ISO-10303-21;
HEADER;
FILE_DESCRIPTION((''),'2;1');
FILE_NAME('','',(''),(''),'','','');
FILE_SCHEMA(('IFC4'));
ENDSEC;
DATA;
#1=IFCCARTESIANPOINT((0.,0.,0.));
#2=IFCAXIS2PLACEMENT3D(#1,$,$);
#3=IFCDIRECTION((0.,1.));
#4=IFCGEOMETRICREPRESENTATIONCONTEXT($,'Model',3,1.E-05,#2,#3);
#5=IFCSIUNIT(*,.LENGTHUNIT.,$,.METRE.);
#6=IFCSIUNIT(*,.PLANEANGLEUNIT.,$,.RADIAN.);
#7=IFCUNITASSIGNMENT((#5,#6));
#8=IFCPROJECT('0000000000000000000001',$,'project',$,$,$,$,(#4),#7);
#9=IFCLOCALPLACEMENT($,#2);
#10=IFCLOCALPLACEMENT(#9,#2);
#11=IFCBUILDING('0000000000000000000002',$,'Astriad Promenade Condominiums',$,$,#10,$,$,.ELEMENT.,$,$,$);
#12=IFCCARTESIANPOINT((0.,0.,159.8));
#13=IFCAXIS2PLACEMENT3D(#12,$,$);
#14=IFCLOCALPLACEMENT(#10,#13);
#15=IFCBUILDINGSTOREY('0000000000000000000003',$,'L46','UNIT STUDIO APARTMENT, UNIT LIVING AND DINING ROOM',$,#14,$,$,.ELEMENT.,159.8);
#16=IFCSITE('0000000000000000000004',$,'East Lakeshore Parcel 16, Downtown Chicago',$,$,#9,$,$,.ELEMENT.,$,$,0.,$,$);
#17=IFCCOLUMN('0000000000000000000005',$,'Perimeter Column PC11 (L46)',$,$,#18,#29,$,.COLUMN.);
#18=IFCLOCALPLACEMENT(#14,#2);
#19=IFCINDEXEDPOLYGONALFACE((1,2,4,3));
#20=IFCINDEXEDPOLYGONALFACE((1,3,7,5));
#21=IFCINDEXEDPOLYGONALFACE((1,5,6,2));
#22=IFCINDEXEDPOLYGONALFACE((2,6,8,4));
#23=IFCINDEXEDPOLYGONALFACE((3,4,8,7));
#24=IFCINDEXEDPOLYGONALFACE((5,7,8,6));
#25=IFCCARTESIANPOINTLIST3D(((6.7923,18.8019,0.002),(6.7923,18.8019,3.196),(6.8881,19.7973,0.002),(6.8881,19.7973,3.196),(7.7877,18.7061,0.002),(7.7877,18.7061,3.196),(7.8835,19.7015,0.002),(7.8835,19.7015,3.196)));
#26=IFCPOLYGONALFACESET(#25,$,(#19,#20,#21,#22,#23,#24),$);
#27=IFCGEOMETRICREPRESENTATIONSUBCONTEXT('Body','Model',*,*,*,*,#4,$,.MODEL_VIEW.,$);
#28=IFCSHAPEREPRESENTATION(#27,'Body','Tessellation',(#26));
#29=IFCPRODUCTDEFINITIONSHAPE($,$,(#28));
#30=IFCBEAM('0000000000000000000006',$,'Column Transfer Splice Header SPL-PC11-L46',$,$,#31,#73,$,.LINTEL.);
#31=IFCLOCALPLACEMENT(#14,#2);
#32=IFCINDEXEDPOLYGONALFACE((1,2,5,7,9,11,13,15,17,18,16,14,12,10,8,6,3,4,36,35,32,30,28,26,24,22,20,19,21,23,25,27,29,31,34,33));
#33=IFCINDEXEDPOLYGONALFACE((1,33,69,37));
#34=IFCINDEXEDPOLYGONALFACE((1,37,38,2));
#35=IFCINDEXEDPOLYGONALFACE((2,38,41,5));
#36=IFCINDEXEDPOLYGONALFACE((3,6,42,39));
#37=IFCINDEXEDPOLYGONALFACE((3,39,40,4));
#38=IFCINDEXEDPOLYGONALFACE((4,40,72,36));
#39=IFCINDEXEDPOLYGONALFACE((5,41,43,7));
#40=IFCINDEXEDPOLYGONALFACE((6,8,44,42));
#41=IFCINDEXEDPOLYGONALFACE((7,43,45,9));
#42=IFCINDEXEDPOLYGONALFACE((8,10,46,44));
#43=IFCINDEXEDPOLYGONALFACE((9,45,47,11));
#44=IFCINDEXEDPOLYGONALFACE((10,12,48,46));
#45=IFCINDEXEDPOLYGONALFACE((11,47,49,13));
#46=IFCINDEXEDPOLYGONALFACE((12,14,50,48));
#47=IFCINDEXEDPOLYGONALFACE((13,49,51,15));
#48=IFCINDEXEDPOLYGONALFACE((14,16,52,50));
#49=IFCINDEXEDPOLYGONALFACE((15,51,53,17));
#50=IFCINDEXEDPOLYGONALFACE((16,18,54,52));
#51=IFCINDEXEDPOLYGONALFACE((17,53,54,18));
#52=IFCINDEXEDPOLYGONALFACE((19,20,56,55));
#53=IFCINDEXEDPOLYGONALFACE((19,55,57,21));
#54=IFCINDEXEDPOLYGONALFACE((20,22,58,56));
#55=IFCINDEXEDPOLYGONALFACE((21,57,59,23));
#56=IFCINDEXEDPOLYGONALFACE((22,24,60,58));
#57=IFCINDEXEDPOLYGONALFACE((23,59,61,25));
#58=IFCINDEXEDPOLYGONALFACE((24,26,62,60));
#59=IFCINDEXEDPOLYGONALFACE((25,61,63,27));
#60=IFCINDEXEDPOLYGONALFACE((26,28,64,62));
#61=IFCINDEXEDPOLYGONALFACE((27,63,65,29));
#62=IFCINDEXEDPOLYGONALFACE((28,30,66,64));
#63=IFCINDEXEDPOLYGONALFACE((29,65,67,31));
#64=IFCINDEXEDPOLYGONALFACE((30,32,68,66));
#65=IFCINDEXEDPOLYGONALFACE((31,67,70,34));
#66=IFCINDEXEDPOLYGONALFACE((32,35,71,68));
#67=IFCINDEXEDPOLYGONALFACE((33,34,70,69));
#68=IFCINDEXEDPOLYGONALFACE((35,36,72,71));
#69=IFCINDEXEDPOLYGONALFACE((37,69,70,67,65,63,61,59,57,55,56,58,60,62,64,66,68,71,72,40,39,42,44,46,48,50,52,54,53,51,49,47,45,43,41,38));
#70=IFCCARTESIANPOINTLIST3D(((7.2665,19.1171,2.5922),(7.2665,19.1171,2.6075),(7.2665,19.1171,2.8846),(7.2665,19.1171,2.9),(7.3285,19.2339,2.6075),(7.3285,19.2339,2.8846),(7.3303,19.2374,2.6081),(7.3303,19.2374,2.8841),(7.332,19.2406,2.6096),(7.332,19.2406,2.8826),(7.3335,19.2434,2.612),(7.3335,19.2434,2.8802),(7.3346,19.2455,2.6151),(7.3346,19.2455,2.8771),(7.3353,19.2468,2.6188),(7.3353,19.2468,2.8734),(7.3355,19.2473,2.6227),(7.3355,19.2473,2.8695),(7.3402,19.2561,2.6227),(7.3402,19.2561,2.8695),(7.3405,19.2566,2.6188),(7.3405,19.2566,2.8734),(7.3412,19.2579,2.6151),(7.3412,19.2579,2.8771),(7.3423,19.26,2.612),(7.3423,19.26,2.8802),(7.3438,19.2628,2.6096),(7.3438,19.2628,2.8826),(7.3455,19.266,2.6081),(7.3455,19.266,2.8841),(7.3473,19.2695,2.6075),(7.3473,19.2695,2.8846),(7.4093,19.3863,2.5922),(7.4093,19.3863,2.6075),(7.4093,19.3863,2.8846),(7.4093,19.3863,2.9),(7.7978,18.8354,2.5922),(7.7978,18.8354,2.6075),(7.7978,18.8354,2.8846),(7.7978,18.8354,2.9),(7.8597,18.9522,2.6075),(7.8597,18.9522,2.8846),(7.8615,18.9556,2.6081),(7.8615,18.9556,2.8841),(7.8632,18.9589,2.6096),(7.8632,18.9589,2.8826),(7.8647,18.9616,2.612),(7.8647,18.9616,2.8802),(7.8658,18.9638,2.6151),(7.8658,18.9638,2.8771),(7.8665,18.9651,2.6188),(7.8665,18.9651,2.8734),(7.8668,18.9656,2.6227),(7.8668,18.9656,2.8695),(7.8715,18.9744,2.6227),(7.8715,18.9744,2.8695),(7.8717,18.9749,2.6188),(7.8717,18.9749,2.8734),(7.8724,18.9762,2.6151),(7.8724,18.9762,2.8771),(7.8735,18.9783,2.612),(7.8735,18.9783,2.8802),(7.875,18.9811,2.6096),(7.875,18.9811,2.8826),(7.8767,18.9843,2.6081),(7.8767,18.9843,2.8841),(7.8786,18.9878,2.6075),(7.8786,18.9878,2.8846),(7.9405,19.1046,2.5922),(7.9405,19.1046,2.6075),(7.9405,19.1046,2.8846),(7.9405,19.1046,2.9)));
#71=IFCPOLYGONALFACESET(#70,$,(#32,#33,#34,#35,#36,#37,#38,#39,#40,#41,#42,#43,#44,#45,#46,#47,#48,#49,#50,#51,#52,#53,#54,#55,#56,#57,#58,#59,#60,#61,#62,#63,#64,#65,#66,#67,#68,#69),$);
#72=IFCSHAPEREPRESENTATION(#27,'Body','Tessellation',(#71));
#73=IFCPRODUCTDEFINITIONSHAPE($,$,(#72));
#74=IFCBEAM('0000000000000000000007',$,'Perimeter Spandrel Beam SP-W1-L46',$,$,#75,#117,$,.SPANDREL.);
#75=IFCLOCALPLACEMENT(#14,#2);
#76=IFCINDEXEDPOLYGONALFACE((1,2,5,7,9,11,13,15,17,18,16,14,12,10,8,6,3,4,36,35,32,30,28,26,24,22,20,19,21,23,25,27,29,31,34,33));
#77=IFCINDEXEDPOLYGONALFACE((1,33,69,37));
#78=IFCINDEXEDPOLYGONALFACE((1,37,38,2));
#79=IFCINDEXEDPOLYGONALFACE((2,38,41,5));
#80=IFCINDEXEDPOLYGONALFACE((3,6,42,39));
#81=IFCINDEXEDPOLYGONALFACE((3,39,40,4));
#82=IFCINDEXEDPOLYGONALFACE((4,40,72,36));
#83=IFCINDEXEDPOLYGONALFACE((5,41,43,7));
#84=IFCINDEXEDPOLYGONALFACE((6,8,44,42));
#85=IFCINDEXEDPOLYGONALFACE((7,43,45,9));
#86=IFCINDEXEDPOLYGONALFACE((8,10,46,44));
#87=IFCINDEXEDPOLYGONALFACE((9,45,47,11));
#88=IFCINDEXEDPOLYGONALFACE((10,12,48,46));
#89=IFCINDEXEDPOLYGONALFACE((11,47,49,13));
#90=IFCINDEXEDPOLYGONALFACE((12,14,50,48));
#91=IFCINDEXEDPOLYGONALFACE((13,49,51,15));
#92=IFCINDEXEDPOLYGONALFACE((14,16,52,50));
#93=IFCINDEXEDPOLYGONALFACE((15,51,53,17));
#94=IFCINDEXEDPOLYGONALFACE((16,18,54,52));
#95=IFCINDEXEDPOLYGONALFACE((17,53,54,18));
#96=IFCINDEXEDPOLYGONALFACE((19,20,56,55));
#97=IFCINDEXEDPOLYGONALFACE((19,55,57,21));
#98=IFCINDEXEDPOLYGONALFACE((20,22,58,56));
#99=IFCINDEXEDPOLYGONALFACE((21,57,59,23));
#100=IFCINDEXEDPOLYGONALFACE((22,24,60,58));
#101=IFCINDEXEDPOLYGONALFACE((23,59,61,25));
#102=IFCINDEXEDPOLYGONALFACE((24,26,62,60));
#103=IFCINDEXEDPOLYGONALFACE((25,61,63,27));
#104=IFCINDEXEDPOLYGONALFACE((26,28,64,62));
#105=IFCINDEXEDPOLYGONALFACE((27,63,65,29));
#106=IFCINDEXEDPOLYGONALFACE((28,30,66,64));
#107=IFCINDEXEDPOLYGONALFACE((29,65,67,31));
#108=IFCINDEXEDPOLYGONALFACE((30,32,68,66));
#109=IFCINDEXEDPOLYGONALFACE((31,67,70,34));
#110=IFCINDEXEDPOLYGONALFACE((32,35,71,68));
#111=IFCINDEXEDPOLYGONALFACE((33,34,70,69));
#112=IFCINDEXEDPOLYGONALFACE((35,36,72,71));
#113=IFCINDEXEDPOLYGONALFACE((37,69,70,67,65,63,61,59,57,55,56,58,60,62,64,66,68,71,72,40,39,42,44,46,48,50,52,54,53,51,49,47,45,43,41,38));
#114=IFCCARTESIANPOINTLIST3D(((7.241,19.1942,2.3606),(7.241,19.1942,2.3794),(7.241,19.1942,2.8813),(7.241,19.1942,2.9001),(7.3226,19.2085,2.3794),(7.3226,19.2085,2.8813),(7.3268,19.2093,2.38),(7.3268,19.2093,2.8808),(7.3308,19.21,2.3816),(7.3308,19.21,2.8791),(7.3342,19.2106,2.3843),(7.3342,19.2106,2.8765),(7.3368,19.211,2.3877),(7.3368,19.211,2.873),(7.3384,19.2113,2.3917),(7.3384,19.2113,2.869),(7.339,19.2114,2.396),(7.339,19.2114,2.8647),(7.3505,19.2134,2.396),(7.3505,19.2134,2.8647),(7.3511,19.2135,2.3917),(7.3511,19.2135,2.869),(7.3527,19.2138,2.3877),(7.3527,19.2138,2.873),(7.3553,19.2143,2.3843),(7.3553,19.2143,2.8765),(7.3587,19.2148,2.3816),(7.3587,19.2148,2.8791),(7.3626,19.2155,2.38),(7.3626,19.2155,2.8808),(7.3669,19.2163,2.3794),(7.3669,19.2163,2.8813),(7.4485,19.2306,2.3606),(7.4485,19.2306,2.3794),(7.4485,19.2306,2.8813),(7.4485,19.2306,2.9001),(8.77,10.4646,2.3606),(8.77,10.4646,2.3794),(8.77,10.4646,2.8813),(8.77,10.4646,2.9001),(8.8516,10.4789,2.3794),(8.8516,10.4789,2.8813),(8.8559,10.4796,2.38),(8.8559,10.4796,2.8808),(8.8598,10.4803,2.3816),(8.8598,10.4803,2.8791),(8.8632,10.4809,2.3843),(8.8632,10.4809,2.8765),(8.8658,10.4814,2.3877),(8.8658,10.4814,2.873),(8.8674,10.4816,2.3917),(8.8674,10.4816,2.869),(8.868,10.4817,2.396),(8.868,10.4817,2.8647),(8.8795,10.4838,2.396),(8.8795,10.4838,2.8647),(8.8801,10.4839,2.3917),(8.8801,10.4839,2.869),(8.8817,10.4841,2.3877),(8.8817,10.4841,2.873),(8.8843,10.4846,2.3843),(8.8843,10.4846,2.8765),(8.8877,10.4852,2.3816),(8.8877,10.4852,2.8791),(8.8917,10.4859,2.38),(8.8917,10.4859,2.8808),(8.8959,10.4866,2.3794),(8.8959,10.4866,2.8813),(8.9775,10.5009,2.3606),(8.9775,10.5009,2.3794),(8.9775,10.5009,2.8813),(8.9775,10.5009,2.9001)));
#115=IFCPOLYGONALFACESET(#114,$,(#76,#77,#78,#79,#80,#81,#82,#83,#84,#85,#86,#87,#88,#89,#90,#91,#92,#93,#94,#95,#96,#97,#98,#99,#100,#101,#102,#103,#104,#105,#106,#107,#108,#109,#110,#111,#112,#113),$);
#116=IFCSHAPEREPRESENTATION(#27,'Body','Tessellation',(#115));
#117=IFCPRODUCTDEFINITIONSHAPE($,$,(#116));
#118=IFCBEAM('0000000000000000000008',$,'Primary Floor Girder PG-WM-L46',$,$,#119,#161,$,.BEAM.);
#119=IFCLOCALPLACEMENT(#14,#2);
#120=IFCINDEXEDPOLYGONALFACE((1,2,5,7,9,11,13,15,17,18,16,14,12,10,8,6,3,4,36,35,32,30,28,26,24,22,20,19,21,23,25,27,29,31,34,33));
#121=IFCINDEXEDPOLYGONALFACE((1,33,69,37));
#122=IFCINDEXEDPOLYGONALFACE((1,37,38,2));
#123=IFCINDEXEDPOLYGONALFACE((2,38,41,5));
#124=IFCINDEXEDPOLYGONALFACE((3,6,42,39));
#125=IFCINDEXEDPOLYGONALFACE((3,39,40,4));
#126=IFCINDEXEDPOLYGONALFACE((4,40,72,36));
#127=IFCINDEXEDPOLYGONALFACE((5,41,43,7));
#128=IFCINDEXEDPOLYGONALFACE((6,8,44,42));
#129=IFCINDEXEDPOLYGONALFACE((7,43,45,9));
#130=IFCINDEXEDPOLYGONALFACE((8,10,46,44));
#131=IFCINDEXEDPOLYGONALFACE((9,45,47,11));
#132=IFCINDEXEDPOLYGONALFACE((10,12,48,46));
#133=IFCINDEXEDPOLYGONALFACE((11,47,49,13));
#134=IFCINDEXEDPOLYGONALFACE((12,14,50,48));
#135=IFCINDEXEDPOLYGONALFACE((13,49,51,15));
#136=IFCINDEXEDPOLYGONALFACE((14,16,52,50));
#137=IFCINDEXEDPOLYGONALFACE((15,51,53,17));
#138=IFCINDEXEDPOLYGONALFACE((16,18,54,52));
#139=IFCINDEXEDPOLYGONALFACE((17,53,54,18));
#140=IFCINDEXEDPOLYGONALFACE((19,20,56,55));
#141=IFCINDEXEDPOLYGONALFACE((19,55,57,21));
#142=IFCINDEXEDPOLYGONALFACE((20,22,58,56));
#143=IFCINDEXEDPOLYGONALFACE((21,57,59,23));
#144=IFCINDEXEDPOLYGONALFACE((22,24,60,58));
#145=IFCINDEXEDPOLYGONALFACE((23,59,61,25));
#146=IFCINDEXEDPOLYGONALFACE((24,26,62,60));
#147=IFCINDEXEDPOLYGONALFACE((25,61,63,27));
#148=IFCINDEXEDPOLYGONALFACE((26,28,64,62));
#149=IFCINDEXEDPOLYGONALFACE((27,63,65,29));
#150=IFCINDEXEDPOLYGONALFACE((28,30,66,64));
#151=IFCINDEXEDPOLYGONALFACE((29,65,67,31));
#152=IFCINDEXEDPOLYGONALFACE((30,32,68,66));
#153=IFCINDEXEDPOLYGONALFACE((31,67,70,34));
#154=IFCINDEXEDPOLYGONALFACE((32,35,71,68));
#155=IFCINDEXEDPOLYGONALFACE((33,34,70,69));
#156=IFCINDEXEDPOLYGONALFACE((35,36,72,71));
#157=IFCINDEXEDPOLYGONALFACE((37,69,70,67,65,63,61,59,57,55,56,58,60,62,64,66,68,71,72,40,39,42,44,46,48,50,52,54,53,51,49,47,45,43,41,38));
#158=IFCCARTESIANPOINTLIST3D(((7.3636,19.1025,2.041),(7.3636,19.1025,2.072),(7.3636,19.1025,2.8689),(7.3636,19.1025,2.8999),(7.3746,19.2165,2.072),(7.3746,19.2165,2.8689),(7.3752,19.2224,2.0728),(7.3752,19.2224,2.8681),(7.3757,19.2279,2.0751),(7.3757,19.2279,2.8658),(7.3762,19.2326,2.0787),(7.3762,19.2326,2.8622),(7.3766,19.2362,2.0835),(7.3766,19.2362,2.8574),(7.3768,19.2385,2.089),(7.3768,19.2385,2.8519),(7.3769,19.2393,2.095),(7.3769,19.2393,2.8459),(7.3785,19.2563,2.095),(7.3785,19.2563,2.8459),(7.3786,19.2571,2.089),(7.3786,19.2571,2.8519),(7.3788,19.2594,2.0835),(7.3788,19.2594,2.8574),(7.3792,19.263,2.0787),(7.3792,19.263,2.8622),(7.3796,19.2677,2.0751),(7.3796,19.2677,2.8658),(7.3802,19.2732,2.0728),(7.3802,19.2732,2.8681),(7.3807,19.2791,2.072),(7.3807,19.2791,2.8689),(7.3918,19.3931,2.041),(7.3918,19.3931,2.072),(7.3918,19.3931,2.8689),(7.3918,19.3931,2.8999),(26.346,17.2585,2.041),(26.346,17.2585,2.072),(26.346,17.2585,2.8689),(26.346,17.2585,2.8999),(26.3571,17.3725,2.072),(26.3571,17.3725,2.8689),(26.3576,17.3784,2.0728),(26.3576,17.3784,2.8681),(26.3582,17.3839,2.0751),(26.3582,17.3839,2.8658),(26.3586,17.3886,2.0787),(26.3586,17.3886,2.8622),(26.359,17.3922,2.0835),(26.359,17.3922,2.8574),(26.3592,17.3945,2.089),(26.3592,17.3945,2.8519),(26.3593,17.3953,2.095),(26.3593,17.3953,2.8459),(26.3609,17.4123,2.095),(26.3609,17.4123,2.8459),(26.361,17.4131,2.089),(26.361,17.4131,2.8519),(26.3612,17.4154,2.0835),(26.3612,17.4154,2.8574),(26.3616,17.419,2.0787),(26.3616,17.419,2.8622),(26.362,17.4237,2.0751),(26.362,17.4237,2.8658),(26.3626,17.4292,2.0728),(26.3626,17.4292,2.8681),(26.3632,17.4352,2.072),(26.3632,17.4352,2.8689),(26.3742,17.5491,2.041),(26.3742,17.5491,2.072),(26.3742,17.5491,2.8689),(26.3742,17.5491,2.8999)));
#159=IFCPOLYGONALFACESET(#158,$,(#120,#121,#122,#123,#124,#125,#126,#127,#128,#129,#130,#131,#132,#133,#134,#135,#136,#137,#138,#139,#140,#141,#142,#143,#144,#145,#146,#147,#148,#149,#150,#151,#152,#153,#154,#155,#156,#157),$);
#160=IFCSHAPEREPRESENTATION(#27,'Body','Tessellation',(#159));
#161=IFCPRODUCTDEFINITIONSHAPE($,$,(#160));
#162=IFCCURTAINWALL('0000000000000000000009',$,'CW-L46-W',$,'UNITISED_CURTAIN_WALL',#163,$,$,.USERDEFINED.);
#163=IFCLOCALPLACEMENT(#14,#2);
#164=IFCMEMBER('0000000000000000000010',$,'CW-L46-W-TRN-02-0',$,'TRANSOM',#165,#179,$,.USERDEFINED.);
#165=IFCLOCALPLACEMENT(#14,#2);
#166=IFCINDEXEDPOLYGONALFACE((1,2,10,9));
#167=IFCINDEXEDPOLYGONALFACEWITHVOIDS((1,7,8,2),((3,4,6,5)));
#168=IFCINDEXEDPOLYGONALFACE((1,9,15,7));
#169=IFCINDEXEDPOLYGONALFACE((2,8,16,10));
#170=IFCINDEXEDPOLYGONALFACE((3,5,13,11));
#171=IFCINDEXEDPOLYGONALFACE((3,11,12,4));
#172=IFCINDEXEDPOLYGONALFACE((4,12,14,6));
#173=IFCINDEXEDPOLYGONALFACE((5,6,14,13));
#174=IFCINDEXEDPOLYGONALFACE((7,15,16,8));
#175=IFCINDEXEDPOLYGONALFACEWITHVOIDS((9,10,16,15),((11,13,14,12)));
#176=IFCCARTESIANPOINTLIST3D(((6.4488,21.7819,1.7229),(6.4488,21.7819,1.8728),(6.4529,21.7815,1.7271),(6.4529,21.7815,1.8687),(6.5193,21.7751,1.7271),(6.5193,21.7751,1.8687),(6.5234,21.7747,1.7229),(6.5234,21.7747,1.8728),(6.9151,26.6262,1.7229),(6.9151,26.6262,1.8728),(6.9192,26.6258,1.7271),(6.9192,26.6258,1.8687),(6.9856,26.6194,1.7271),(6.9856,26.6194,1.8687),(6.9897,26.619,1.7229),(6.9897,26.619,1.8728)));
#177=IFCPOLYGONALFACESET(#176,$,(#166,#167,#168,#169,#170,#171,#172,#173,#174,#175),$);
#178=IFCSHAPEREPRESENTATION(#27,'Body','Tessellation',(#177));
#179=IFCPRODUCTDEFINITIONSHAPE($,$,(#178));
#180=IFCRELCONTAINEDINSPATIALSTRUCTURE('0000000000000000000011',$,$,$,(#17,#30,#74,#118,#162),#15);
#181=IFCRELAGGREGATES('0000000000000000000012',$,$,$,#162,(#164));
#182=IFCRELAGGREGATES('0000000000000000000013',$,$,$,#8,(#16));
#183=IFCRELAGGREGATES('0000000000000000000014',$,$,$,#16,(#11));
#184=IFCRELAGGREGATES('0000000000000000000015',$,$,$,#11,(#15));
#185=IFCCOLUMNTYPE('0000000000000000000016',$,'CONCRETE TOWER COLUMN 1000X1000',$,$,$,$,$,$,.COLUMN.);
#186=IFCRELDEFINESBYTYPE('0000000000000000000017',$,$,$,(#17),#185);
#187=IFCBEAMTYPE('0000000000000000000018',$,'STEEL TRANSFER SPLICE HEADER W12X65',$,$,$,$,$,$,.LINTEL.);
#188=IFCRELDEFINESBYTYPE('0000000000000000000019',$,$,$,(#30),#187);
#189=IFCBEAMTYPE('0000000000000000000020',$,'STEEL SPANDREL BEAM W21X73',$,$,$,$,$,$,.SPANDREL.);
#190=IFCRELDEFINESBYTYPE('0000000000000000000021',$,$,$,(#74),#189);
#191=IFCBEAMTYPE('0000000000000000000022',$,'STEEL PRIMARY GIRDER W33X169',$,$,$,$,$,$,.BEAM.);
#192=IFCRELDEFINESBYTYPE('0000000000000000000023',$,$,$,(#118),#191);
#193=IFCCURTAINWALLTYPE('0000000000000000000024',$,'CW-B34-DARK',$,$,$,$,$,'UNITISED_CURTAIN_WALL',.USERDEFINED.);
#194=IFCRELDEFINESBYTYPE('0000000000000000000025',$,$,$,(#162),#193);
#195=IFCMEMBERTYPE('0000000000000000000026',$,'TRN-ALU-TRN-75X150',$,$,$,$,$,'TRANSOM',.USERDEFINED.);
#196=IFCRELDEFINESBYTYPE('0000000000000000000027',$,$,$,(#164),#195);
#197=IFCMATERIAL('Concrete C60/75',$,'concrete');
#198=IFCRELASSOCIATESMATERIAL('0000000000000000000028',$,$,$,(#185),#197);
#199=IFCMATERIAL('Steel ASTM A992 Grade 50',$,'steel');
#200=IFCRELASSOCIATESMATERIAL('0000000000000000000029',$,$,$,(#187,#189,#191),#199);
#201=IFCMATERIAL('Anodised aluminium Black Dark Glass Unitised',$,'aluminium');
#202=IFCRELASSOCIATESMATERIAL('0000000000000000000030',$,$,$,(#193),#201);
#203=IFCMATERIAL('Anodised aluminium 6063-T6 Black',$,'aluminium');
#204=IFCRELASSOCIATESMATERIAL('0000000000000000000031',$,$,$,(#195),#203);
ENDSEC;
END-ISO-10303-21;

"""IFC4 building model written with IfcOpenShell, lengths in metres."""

from ifc_helpers import new_model, si_unit, direction, frame, origin, origin_2d, place, context, subcontext, project, spatial, rectangle, hollow_rectangle, i_section, extrude, source, transform, mapped, material, material_profile, profile_set, type_object, type_shapes, element, aggregate, save


model = new_model("IFC4")

# Units and contexts
model_context = context("Model", 3, precision=1e-05, world=origin(), true_north=direction((0.0, 1.0)))
body_context = subcontext(model_context, "Body", "Model", "MODEL_VIEW")
ifc_project = project(units=[si_unit("LENGTHUNIT", "METRE"), si_unit("PLANEANGLEUNIT", "RADIAN")], contexts=[model_context])

# Site, building, storey
site_placement = place(None, origin())
site = spatial("IfcSite", under=ifc_project, at=site_placement, Name="East Lakeshore Parcel 16, Downtown Chicago", CompositionType="ELEMENT", RefElevation=0.0)
building_placement = place(site_placement, origin())
building = spatial("IfcBuilding", under=site, at=building_placement, Name="Astriad Promenade Condominiums", CompositionType="ELEMENT")
storey_placement = place(building_placement, frame((0.0, 0.0, 159.8)))
storey = spatial("IfcBuildingStorey", under=building, at=storey_placement, Name="L46", Description="UNIT STUDIO APARTMENT, UNIT LIVING AND DINING ROOM", CompositionType="ELEMENT", Elevation=159.8)

# Column
ifc_material_1 = material(Name="Concrete C60/75", Category="concrete")
ifc_material_profile_1 = material_profile(ifc_material_1, rectangle(XDim=1.0, YDim=1.0, at=origin_2d()), Name="RC-COL-1000X1000")
ifc_profile_set_1 = profile_set([ifc_material_profile_1], Name="Concrete C60/75")
column_type = type_object("IfcColumnType", Name="CONCRETE TOWER COLUMN 1000X1000", PredefinedType="COLUMN", material=ifc_profile_set_1)
shared_shape_1 = source(origin(), body_context, "Body", "SweptSolid", [
    extrude(rectangle(XDim=1.0, YDim=1.0, at=origin_2d()), origin(), (0.0, 0.0, 1.0), 3.1941),
])
type_shapes(column_type, [shared_shape_1])
column_placement = place(storey_placement, frame((7.3379, 19.2517, 0.002), z_axis=(0.0, 0.0, 1.0), x_axis=(0.995396, -0.095846, 0.0)))
element("IfcColumn", 1, at=column_placement, inside=storey, type_object=column_type, Name="Perimeter Column PC11 (L46)", PredefinedType="COLUMN", context=body_context, shape_type="MappedRepresentation", body=[
    mapped(shared_shape_1, transform((0.0, 0.0, 0.0), scale=1.0)),
])

# Beams
ifc_material_2 = material(Name="Steel ASTM A992 Grade 50", Category="steel")
ifc_material_profile_2 = material_profile(ifc_material_2, i_section(OverallWidth=0.3047, OverallDepth=0.3079, WebThickness=0.01, FlangeThickness=0.0154, FilletRadius=0.0151, at=origin_2d()), Name="W12X65")
ifc_profile_set_2 = profile_set([ifc_material_profile_2], Name="Steel ASTM A992 Grade 50")
beam_type_1 = type_object("IfcBeamType", Name="STEEL TRANSFER SPLICE HEADER W12X65", PredefinedType="LINTEL", material=ifc_profile_set_2)
shared_shape_2 = source(origin(), body_context, "Body", "SweptSolid", [
    extrude(i_section(OverallWidth=0.3047, OverallDepth=0.3079, WebThickness=0.01, FlangeThickness=0.0154, FilletRadius=0.0151, at=origin_2d()), origin(), (0.0, 0.0, 1.0), 0.6013),
])
type_shapes(beam_type_1, [shared_shape_2])
beam_1_placement = place(storey_placement, frame((7.3379, 19.2517, 2.7461), z_axis=(0.883452, -0.468522, 0.0), x_axis=(0.468522, 0.883452, 0.0)))
element("IfcBeam", 2, at=beam_1_placement, inside=storey, type_object=beam_type_1, Name="Column Transfer Splice Header SPL-PC11-L46", PredefinedType="LINTEL", context=body_context, shape_type="MappedRepresentation", body=[
    mapped(shared_shape_2, transform((0.0, 0.0, 0.0), scale=1.0)),
])
ifc_material_profile_3 = material_profile(ifc_material_2, i_section(OverallWidth=0.2107, OverallDepth=0.5396, WebThickness=0.0117, FlangeThickness=0.0188, FilletRadius=0.0166, at=origin_2d()), Name="W21X73")
ifc_profile_set_3 = profile_set([ifc_material_profile_3], Name="Steel ASTM A992 Grade 50")
beam_type_2 = type_object("IfcBeamType", Name="STEEL SPANDREL BEAM W21X73", PredefinedType="SPANDREL", material=ifc_profile_set_3)
shared_shape_3 = source(origin(), body_context, "Body", "SweptSolid", [
    extrude(i_section(OverallWidth=0.2107, OverallDepth=0.5396, WebThickness=0.0117, FlangeThickness=0.0188, FilletRadius=0.0166, at=origin_2d()), origin(), (0.0, 0.0, 1.0), 8.8625),
])
type_shapes(beam_type_2, [shared_shape_3])
beam_2_placement = place(storey_placement, frame((7.3447, 19.2124, 2.6304), z_axis=(0.172528, -0.985005, 0.0), x_axis=(0.985005, 0.172528, 0.0)))
element("IfcBeam", 3, at=beam_2_placement, inside=storey, type_object=beam_type_2, Name="Perimeter Spandrel Beam SP-W1-L46", PredefinedType="SPANDREL", context=body_context, shape_type="MappedRepresentation", body=[
    mapped(shared_shape_3, transform((0.0, 0.0, 0.0), scale=1.0)),
])
ifc_material_profile_4 = material_profile(ifc_material_2, i_section(OverallWidth=0.292, OverallDepth=0.8589, WebThickness=0.0171, FlangeThickness=0.031, FilletRadius=0.0229, at=origin_2d()), Name="W33X169")
ifc_profile_set_4 = profile_set([ifc_material_profile_4], Name="Steel ASTM A992 Grade 50")
beam_type_3 = type_object("IfcBeamType", Name="STEEL PRIMARY GIRDER W33X169", PredefinedType="BEAM", material=ifc_profile_set_4)
shared_shape_4 = source(origin(), body_context, "Body", "SweptSolid", [
    extrude(i_section(OverallWidth=0.292, OverallDepth=0.8589, WebThickness=0.0171, FlangeThickness=0.031, FilletRadius=0.0229, at=origin_2d()), origin(), (0.0, 0.0, 1.0), 19.0718),
])
type_shapes(beam_type_3, [shared_shape_4])
beam_3_placement = place(storey_placement, frame((7.3777, 19.2478, 2.4705), z_axis=(0.995315, -0.096687, 0.0), x_axis=(0.096687, 0.995315, 0.0)))
element("IfcBeam", 4, at=beam_3_placement, inside=storey, type_object=beam_type_3, Name="Primary Floor Girder PG-WM-L46", PredefinedType="BEAM", context=body_context, shape_type="MappedRepresentation", body=[
    mapped(shared_shape_4, transform((0.0, 0.0, 0.0), scale=1.0)),
])

# Curtain wall, member
ifc_material_3 = material(Name="Anodised aluminium Black Dark Glass Unitised", Category="aluminium")
curtain_wall_type = type_object("IfcCurtainWallType", Name="CW-B34-DARK", ElementType="UNITISED_CURTAIN_WALL", PredefinedType="USERDEFINED", material=ifc_material_3)
curtain_wall_placement = place(storey_placement, origin())
curtain_wall = element("IfcCurtainWall", 5, at=curtain_wall_placement, inside=storey, type_object=curtain_wall_type, Name="CW-L46-W", ObjectType="UNITISED_CURTAIN_WALL", PredefinedType="USERDEFINED")
ifc_material_4 = material(Name="Anodised aluminium 6063-T6 Black", Category="aluminium")
ifc_material_profile_5 = material_profile(ifc_material_4, hollow_rectangle(XDim=0.075, YDim=0.1499, WallThickness=0.0042, at=origin_2d()), Name="ALU-TRN-75X150")
ifc_profile_set_5 = profile_set([ifc_material_profile_5], Name="Anodised aluminium 6063-T6 Black")
member_type_1 = type_object("IfcMemberType", Name="TRN-ALU-TRN-75X150", ElementType="TRANSOM", PredefinedType="USERDEFINED", material=ifc_profile_set_5)
shared_shape_5 = source(origin(), body_context, "Body", "SweptSolid", [
    extrude(hollow_rectangle(XDim=0.075, YDim=0.1499, WallThickness=0.0042, at=origin_2d()), origin(), (0.0, 0.0, 1.0), 4.8667),
])
type_shapes(member_type_1, [shared_shape_5])
member_1_placement = place(storey_placement, frame((6.4861, 21.7783, 1.7979), z_axis=(0.095818, 0.995399, 0.0), x_axis=(-0.995399, 0.095818, 0.0)))
member_1 = element("IfcMember", 6, at=member_1_placement, type_object=member_type_1, Name="CW-L46-W-TRN-02-0", ObjectType="TRANSOM", PredefinedType="USERDEFINED", context=body_context, shape_type="MappedRepresentation", body=[
    mapped(shared_shape_5, transform((0.0, 0.0, 0.0), scale=1.0)),
])
aggregate(curtain_wall, [member_1])

save(model, "model.ifc")
